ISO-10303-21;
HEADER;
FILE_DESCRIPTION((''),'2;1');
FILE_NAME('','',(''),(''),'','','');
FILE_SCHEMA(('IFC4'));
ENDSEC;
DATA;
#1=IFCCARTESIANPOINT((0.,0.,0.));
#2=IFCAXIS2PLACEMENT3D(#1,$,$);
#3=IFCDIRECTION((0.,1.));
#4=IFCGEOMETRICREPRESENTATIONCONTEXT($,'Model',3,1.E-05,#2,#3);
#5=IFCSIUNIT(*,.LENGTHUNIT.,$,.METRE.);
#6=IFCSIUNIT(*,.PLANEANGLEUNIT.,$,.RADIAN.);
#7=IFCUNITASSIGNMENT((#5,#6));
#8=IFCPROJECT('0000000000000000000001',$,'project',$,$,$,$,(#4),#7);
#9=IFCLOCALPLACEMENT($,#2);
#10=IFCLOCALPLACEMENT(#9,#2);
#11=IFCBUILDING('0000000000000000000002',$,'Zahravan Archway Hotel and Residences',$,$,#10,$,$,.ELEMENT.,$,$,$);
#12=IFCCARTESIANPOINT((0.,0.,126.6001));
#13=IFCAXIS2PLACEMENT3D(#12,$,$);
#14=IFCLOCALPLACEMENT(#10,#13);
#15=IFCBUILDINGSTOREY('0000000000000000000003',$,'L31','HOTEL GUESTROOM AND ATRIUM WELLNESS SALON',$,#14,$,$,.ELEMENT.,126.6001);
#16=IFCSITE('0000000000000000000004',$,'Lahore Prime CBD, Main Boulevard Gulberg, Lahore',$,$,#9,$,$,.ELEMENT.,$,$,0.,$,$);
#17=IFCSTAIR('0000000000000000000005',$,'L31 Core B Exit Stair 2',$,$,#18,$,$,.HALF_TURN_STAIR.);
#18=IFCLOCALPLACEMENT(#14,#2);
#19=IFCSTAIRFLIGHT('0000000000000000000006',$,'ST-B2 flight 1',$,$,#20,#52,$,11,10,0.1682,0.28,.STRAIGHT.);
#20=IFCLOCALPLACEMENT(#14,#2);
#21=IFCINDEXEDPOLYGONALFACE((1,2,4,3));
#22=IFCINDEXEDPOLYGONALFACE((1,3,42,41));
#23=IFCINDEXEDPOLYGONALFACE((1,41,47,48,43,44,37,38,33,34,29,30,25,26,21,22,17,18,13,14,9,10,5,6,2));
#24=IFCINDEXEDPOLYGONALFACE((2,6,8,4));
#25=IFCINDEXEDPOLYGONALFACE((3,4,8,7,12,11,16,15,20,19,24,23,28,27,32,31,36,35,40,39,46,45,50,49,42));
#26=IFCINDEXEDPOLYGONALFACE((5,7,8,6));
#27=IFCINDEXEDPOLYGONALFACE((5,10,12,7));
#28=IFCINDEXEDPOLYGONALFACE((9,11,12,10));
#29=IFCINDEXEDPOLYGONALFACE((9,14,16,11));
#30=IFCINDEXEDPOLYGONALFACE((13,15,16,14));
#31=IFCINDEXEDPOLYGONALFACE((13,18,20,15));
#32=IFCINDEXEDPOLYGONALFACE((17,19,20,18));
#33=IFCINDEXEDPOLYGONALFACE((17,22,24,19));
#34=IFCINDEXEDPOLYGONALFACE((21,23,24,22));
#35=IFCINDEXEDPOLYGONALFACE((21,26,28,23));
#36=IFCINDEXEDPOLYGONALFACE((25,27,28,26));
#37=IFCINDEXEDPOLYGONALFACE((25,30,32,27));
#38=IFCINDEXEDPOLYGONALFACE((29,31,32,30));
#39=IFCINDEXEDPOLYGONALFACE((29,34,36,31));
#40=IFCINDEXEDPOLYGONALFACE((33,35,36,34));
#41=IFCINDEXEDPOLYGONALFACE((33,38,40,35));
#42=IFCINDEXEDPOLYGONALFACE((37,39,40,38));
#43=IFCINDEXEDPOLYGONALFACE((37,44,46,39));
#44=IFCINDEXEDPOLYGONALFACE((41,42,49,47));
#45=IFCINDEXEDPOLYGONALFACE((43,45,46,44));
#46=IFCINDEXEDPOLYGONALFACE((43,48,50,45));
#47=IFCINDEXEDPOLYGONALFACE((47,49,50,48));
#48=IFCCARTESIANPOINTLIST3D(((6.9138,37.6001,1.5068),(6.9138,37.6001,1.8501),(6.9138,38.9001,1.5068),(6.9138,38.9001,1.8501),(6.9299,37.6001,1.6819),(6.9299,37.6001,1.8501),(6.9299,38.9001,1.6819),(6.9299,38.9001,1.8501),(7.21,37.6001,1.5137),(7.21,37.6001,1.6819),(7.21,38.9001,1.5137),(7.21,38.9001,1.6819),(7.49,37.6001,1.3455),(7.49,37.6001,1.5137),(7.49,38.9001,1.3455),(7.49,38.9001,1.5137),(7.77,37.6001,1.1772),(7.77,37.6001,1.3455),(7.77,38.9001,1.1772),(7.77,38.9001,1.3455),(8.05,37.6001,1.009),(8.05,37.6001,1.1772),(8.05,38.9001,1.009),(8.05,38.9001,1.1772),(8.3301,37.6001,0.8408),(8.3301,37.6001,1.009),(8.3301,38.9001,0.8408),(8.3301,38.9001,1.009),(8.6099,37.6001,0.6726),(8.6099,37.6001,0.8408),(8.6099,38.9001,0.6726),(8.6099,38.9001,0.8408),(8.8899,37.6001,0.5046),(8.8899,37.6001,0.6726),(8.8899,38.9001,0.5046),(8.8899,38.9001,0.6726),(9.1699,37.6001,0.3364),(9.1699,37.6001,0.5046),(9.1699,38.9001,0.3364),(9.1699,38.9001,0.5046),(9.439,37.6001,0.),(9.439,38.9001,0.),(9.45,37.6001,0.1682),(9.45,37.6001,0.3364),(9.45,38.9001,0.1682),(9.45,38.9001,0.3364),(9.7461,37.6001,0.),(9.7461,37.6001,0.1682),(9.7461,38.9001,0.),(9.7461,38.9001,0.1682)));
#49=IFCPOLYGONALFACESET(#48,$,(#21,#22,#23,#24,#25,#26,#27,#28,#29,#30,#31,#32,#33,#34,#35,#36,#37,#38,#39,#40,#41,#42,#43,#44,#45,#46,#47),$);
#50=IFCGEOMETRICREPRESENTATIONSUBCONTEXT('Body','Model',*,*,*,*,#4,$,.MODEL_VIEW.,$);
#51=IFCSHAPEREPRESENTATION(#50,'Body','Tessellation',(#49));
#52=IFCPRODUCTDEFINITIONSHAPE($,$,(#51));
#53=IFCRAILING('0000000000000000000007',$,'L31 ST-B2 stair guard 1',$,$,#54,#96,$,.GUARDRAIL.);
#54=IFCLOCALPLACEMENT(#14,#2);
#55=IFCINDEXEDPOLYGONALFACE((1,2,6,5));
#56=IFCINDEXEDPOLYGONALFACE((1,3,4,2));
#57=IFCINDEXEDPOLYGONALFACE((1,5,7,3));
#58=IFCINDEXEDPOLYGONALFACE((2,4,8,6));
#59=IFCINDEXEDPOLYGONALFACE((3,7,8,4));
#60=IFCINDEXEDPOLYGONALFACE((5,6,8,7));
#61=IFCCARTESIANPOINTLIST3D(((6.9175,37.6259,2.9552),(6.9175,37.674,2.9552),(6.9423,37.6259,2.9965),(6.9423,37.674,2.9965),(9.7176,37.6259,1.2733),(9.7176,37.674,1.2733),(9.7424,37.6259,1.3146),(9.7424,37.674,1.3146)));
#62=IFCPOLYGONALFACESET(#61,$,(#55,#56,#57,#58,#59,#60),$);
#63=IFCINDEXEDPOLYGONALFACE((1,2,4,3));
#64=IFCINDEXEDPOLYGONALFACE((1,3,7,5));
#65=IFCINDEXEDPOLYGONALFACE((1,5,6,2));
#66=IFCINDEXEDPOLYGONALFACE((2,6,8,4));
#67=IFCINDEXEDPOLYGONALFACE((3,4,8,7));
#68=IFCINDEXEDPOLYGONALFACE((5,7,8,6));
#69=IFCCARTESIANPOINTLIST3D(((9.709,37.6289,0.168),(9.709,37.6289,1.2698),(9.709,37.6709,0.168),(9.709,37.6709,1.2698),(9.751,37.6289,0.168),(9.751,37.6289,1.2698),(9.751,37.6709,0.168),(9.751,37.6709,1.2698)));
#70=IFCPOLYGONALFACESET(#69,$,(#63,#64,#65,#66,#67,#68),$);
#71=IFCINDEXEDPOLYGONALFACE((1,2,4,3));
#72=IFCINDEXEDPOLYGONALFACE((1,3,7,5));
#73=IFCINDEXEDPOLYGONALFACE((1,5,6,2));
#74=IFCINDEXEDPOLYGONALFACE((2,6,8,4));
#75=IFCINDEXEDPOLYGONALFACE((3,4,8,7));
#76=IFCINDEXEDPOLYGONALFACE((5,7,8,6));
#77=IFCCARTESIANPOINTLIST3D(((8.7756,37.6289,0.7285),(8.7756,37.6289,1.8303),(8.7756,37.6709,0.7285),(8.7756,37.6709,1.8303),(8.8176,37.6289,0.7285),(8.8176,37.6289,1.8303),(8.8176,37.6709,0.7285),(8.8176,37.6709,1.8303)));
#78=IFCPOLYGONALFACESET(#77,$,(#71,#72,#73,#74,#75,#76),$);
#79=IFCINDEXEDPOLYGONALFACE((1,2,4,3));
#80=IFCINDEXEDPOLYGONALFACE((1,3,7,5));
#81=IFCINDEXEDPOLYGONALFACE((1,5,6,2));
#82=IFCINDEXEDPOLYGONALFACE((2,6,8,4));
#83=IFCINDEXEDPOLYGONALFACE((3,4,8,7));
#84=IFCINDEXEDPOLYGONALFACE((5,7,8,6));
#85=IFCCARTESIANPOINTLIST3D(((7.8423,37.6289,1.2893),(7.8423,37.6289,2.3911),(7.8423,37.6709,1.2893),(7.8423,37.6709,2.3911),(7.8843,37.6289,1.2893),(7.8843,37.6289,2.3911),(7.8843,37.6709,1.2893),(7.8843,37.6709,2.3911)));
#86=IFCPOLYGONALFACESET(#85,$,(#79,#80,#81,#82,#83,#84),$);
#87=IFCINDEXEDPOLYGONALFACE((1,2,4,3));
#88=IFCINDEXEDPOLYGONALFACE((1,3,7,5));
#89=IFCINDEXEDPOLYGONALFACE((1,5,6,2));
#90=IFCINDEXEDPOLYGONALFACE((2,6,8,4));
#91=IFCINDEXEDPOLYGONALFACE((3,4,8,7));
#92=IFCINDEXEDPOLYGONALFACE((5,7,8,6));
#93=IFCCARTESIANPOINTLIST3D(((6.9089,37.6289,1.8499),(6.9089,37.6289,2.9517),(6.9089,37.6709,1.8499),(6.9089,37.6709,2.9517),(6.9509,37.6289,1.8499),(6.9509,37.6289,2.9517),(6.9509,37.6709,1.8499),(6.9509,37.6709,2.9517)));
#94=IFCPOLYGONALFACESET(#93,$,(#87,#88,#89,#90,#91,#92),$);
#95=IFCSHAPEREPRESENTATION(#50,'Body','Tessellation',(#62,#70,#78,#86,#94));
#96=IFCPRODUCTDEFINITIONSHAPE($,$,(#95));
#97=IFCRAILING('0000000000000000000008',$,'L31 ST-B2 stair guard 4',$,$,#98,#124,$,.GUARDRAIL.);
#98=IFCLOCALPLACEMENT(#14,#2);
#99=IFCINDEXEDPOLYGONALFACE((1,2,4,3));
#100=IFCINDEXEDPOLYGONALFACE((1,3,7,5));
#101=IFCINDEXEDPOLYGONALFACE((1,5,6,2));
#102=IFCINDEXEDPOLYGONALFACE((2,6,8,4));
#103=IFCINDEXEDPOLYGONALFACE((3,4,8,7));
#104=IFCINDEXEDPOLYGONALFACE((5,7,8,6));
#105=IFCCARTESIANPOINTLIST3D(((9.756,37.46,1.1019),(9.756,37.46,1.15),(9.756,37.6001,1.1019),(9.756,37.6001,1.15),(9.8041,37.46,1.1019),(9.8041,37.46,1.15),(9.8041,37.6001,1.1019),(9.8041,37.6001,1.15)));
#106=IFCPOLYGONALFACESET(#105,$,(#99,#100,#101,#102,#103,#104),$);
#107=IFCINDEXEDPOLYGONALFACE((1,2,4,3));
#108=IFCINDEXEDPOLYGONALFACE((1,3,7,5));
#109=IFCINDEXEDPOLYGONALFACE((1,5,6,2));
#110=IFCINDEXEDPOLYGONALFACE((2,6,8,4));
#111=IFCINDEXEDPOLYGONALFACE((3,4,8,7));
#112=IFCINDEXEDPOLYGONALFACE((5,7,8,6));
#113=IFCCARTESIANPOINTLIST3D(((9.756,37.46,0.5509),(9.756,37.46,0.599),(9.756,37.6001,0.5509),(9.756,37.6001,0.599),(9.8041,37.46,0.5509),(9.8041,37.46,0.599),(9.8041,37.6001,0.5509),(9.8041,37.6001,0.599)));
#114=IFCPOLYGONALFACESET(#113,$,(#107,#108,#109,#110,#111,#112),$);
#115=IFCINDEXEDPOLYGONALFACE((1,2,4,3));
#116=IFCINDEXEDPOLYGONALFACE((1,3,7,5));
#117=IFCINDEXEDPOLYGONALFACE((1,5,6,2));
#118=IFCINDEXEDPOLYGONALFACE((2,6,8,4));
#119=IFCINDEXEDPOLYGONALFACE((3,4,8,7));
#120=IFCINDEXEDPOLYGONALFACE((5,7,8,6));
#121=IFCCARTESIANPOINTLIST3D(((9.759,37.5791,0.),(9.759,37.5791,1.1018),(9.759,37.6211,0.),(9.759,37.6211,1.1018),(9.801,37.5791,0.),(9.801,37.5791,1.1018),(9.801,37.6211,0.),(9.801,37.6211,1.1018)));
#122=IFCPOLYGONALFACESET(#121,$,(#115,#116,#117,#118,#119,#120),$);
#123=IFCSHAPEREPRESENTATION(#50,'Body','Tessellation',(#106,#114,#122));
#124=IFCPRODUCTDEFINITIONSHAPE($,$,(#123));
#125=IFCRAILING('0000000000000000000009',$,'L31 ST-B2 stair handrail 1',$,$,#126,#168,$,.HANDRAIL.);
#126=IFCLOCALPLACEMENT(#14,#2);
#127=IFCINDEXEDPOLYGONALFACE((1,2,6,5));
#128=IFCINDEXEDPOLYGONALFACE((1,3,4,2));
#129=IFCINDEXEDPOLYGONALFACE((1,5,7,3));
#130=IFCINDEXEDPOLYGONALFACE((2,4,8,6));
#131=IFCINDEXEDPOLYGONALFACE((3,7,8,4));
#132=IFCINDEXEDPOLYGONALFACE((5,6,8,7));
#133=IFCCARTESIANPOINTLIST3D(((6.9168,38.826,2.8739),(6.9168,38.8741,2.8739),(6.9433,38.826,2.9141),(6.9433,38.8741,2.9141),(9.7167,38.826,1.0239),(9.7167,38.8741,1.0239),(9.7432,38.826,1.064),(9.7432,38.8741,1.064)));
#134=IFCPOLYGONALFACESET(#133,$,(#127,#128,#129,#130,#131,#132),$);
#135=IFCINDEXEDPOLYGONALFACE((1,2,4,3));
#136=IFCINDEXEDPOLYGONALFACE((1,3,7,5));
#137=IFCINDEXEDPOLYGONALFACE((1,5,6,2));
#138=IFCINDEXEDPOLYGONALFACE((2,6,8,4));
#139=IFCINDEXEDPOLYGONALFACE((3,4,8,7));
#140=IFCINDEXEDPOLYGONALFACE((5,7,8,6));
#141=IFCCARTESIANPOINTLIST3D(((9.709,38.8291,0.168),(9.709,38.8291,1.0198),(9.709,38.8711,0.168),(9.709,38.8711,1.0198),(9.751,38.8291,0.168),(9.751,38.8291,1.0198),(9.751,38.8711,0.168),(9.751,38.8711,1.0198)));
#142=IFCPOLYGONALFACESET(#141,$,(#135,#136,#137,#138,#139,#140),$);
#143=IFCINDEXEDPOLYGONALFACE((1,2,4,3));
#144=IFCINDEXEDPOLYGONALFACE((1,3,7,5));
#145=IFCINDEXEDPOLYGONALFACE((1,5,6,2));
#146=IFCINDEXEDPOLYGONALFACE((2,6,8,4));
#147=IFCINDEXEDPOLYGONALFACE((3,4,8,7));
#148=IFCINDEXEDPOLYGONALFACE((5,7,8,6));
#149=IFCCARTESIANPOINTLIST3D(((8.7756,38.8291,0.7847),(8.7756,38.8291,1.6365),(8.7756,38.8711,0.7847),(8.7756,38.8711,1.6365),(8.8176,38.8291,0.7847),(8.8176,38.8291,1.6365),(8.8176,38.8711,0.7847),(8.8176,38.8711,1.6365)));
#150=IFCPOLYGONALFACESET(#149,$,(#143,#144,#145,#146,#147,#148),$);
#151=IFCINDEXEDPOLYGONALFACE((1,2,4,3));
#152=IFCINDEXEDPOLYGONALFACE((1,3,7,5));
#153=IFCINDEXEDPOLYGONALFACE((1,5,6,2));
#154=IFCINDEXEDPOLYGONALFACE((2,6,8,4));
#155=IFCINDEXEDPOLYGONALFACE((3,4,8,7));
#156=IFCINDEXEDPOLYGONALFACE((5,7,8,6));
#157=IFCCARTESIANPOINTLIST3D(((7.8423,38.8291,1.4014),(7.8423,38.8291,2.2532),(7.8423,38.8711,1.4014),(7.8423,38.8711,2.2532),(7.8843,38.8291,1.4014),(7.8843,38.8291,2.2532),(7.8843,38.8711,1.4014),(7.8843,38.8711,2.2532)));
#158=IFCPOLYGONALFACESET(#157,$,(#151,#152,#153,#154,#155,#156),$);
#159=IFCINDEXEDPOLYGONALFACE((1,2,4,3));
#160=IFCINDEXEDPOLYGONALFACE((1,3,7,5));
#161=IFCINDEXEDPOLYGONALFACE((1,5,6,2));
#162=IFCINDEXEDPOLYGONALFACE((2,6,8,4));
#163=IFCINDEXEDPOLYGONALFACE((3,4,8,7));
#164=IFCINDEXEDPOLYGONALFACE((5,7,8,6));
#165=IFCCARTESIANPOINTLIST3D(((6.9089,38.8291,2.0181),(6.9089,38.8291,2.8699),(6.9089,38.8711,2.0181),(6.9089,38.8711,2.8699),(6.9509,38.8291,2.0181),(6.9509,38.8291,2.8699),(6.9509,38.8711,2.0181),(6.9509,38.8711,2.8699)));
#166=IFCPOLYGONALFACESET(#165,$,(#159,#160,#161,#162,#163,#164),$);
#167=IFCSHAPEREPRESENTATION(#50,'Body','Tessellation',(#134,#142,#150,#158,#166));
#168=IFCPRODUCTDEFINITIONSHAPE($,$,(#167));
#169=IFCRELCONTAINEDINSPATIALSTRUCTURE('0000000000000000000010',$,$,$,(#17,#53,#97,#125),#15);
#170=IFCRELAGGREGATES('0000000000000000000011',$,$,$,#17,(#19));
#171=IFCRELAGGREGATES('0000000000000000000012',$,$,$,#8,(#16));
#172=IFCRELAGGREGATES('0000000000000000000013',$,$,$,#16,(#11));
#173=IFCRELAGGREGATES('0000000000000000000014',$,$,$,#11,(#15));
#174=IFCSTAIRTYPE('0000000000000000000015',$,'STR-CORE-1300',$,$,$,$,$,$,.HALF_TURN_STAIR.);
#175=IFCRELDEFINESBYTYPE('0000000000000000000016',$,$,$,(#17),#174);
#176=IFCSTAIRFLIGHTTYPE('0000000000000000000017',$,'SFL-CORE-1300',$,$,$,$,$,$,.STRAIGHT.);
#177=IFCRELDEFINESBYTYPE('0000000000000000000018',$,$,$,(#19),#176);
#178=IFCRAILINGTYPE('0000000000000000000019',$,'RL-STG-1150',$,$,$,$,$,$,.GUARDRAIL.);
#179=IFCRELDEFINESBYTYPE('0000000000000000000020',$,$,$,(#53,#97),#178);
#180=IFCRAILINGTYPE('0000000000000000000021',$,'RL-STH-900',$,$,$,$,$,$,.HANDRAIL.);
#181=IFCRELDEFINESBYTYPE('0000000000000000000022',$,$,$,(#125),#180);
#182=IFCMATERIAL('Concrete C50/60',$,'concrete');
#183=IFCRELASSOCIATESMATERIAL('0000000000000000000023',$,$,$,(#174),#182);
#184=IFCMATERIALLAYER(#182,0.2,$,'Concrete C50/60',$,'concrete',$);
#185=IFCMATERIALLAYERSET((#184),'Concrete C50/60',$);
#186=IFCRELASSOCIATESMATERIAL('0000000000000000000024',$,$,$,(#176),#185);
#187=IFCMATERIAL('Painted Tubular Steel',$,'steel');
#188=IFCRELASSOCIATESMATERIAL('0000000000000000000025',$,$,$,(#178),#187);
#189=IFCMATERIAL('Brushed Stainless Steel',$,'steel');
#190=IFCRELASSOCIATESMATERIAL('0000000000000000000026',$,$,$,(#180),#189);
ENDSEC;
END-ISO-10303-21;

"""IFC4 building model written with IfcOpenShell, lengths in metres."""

from ifc_helpers import new_model, si_unit, direction, frame, origin, origin_2d, place, context, subcontext, project, spatial, polyline, rectangle, outline, extrude, source, transform, mapped, material, layer, layer_set, type_object, element, aggregate, save


model = new_model("IFC4")

# Units and contexts
model_context = context("Model", 3, precision=1e-05, world=origin(), true_north=direction((0.0, 1.0)))
body_context = subcontext(model_context, "Body", "Model", "MODEL_VIEW")
ifc_project = project(units=[si_unit("LENGTHUNIT", "METRE"), si_unit("PLANEANGLEUNIT", "RADIAN")], contexts=[model_context])

# Site, building, storey
site_placement = place(None, origin())
site = spatial("IfcSite", under=ifc_project, at=site_placement, Name="Lahore Prime CBD, Main Boulevard Gulberg, Lahore", CompositionType="ELEMENT", RefElevation=0.0)
building_placement = place(site_placement, origin())
building = spatial("IfcBuilding", under=site, at=building_placement, Name="Zahravan Archway Hotel and Residences", CompositionType="ELEMENT")
storey_placement = place(building_placement, frame((0.0, 0.0, 126.6001)))
storey = spatial("IfcBuildingStorey", under=building, at=storey_placement, Name="L31", Description="HOTEL GUESTROOM AND ATRIUM WELLNESS SALON", CompositionType="ELEMENT", Elevation=126.6001)

# Shared definitions
ifc_material_1 = material(Name="Concrete C50/60", Category="concrete")

# Stair, stair flight
stair_type = type_object("IfcStairType", Name="STR-CORE-1300", PredefinedType="HALF_TURN_STAIR", material=ifc_material_1)
stair_placement = place(storey_placement, origin())
stair = element("IfcStair", 1, at=stair_placement, inside=storey, type_object=stair_type, Name="L31 Core B Exit Stair 2", PredefinedType="HALF_TURN_STAIR")
ifc_layer_1 = layer(ifc_material_1, 0.2, Name="Concrete C50/60", Category="concrete")
ifc_layer_set_1 = layer_set([ifc_layer_1], Name="Concrete C50/60")
stair_flight_type = type_object("IfcStairFlightType", Name="SFL-CORE-1300", PredefinedType="STRAIGHT", material=ifc_layer_set_1)
shared_shape_1 = source(origin(), body_context, "Body", "SweptSolid", [
    extrude(outline(polyline([(-0.0161, 0.0), (-0.0161, 0.1682), (0.28, 0.1682), (0.28, 0.3364), (0.5601, 0.3364), (0.5601, 0.5046), (0.8401, 0.5046), (0.8401, 0.6726), (1.1201, 0.6726), (1.1201, 0.8408), (1.3999, 0.8408), (1.3999, 1.009), (1.6799, 1.009), (1.6799, 1.1772), (1.96, 1.1772), (1.96, 1.3455), (2.24, 1.3455), (2.24, 1.5137), (2.52, 1.5137), (2.52, 1.6819), (2.8, 1.6819), (2.8, 1.8501), (2.8162, 1.8501), (2.8162, 1.5068), (0.291, 0.0), (-0.0161, 0.0)])), frame((0.0, 0.6499, 0.0), z_axis=(0.0, -1.0, 0.0), x_axis=(1.0, 0.0, 0.0)), (0.0, 0.0, 1.0), 1.3),
])
stair_flight_placement = place(storey_placement, frame((9.73, 38.25, 0.0), z_axis=(0.0, 0.0, 1.0), x_axis=(-1.0, 0.0, 0.0)))
stair_flight = element("IfcStairFlight", 2, at=stair_flight_placement, type_object=stair_flight_type, Name="ST-B2 flight 1", NumberOfRisers=11, NumberOfTreads=10, PredefinedType="STRAIGHT", RiserHeight=0.1682, TreadLength=0.28, context=body_context, shape_type="MappedRepresentation", body=[
    mapped(shared_shape_1, transform((0.0, 0.0, 0.0), scale=1.0)),
])
aggregate(stair, [stair_flight])

# Railings
ifc_material_2 = material(Name="Painted Tubular Steel", Category="steel")
railing_type_1 = type_object("IfcRailingType", Name="RL-STG-1150", PredefinedType="GUARDRAIL", material=ifc_material_2)
railing_1_placement = place(storey_placement, frame((9.73, 37.6499, 0.168)))
element("IfcRailing", 3, at=railing_1_placement, inside=storey, type_object=railing_type_1, Name="L31 ST-B2 stair guard 1", PredefinedType="GUARDRAIL", context=body_context, shape_type="SweptSolid", body=[
    extrude(rectangle(XDim=0.0481, YDim=0.0481, at=origin_2d()), frame((0.0, 0.0, 1.126), z_axis=(-0.857242, 0.0, 0.514913), x_axis=(0.0, -1.0, 0.0)), (0.0, 0.0, 1.0), 3.2664),
    extrude(rectangle(XDim=0.042, YDim=0.042, at=origin_2d()), origin(), (0.0, 0.0, 1.0), 1.1018),
    extrude(rectangle(XDim=0.042, YDim=0.042, at=origin_2d()), frame((-0.9333, 0.0, 0.5605)), (0.0, 0.0, 1.0), 1.1018),
    extrude(rectangle(XDim=0.042, YDim=0.042, at=origin_2d()), frame((-1.8667, 0.0, 1.1213)), (0.0, 0.0, 1.0), 1.1018),
    extrude(rectangle(XDim=0.042, YDim=0.042, at=origin_2d()), frame((-2.8, 0.0, 1.6819)), (0.0, 0.0, 1.0), 1.1018),
])
railing_2_placement = place(storey_placement, frame((9.78, 37.6001, 0.0)))
element("IfcRailing", 4, at=railing_2_placement, inside=storey, type_object=railing_type_1, Name="L31 ST-B2 stair guard 4", PredefinedType="GUARDRAIL", context=body_context, shape_type="SweptSolid", body=[
    extrude(rectangle(XDim=0.0481, YDim=0.0481, at=origin_2d()), frame((0.0, 0.0, 1.126), z_axis=(0.0, -1.0, 0.0), x_axis=(1.0, 0.0, 0.0)), (0.0, 0.0, 1.0), 0.1401),
    extrude(rectangle(XDim=0.0481, YDim=0.0481, at=origin_2d()), frame((0.0, 0.0, 0.575), z_axis=(0.0, -1.0, 0.0), x_axis=(1.0, 0.0, 0.0)), (0.0, 0.0, 1.0), 0.1401),
    extrude(rectangle(XDim=0.042, YDim=0.042, at=origin_2d()), origin(), (0.0, 0.0, 1.0), 1.1018),
])
ifc_material_3 = material(Name="Brushed Stainless Steel", Category="steel")
railing_type_2 = type_object("IfcRailingType", Name="RL-STH-900", PredefinedType="HANDRAIL", material=ifc_material_3)
railing_3_placement = place(storey_placement, frame((9.73, 38.8501, 0.168)))
element("IfcRailing", 5, at=railing_3_placement, inside=storey, type_object=railing_type_2, Name="L31 ST-B2 stair handrail 1", PredefinedType="HANDRAIL", context=body_context, shape_type="SweptSolid", body=[
    extrude(rectangle(XDim=0.0481, YDim=0.0481, at=origin_2d()), frame((0.0, 0.0, 0.876), z_axis=(-0.834326, 0.0, 0.551271), x_axis=(0.0, -1.0, 0.0)), (0.0, 0.0, 1.0), 3.356),
    extrude(rectangle(XDim=0.042, YDim=0.042, at=origin_2d()), origin(), (0.0, 0.0, 1.0), 0.8518),
    extrude(rectangle(XDim=0.042, YDim=0.042, at=origin_2d()), frame((-0.9333, 0.0, 0.6167)), (0.0, 0.0, 1.0), 0.8518),
    extrude(rectangle(XDim=0.042, YDim=0.042, at=origin_2d()), frame((-1.8667, 0.0, 1.2334)), (0.0, 0.0, 1.0), 0.8518),
    extrude(rectangle(XDim=0.042, YDim=0.042, at=origin_2d()), frame((-2.8, 0.0, 1.8501)), (0.0, 0.0, 1.0), 0.8518),
])

save(model, "model.ifc")
